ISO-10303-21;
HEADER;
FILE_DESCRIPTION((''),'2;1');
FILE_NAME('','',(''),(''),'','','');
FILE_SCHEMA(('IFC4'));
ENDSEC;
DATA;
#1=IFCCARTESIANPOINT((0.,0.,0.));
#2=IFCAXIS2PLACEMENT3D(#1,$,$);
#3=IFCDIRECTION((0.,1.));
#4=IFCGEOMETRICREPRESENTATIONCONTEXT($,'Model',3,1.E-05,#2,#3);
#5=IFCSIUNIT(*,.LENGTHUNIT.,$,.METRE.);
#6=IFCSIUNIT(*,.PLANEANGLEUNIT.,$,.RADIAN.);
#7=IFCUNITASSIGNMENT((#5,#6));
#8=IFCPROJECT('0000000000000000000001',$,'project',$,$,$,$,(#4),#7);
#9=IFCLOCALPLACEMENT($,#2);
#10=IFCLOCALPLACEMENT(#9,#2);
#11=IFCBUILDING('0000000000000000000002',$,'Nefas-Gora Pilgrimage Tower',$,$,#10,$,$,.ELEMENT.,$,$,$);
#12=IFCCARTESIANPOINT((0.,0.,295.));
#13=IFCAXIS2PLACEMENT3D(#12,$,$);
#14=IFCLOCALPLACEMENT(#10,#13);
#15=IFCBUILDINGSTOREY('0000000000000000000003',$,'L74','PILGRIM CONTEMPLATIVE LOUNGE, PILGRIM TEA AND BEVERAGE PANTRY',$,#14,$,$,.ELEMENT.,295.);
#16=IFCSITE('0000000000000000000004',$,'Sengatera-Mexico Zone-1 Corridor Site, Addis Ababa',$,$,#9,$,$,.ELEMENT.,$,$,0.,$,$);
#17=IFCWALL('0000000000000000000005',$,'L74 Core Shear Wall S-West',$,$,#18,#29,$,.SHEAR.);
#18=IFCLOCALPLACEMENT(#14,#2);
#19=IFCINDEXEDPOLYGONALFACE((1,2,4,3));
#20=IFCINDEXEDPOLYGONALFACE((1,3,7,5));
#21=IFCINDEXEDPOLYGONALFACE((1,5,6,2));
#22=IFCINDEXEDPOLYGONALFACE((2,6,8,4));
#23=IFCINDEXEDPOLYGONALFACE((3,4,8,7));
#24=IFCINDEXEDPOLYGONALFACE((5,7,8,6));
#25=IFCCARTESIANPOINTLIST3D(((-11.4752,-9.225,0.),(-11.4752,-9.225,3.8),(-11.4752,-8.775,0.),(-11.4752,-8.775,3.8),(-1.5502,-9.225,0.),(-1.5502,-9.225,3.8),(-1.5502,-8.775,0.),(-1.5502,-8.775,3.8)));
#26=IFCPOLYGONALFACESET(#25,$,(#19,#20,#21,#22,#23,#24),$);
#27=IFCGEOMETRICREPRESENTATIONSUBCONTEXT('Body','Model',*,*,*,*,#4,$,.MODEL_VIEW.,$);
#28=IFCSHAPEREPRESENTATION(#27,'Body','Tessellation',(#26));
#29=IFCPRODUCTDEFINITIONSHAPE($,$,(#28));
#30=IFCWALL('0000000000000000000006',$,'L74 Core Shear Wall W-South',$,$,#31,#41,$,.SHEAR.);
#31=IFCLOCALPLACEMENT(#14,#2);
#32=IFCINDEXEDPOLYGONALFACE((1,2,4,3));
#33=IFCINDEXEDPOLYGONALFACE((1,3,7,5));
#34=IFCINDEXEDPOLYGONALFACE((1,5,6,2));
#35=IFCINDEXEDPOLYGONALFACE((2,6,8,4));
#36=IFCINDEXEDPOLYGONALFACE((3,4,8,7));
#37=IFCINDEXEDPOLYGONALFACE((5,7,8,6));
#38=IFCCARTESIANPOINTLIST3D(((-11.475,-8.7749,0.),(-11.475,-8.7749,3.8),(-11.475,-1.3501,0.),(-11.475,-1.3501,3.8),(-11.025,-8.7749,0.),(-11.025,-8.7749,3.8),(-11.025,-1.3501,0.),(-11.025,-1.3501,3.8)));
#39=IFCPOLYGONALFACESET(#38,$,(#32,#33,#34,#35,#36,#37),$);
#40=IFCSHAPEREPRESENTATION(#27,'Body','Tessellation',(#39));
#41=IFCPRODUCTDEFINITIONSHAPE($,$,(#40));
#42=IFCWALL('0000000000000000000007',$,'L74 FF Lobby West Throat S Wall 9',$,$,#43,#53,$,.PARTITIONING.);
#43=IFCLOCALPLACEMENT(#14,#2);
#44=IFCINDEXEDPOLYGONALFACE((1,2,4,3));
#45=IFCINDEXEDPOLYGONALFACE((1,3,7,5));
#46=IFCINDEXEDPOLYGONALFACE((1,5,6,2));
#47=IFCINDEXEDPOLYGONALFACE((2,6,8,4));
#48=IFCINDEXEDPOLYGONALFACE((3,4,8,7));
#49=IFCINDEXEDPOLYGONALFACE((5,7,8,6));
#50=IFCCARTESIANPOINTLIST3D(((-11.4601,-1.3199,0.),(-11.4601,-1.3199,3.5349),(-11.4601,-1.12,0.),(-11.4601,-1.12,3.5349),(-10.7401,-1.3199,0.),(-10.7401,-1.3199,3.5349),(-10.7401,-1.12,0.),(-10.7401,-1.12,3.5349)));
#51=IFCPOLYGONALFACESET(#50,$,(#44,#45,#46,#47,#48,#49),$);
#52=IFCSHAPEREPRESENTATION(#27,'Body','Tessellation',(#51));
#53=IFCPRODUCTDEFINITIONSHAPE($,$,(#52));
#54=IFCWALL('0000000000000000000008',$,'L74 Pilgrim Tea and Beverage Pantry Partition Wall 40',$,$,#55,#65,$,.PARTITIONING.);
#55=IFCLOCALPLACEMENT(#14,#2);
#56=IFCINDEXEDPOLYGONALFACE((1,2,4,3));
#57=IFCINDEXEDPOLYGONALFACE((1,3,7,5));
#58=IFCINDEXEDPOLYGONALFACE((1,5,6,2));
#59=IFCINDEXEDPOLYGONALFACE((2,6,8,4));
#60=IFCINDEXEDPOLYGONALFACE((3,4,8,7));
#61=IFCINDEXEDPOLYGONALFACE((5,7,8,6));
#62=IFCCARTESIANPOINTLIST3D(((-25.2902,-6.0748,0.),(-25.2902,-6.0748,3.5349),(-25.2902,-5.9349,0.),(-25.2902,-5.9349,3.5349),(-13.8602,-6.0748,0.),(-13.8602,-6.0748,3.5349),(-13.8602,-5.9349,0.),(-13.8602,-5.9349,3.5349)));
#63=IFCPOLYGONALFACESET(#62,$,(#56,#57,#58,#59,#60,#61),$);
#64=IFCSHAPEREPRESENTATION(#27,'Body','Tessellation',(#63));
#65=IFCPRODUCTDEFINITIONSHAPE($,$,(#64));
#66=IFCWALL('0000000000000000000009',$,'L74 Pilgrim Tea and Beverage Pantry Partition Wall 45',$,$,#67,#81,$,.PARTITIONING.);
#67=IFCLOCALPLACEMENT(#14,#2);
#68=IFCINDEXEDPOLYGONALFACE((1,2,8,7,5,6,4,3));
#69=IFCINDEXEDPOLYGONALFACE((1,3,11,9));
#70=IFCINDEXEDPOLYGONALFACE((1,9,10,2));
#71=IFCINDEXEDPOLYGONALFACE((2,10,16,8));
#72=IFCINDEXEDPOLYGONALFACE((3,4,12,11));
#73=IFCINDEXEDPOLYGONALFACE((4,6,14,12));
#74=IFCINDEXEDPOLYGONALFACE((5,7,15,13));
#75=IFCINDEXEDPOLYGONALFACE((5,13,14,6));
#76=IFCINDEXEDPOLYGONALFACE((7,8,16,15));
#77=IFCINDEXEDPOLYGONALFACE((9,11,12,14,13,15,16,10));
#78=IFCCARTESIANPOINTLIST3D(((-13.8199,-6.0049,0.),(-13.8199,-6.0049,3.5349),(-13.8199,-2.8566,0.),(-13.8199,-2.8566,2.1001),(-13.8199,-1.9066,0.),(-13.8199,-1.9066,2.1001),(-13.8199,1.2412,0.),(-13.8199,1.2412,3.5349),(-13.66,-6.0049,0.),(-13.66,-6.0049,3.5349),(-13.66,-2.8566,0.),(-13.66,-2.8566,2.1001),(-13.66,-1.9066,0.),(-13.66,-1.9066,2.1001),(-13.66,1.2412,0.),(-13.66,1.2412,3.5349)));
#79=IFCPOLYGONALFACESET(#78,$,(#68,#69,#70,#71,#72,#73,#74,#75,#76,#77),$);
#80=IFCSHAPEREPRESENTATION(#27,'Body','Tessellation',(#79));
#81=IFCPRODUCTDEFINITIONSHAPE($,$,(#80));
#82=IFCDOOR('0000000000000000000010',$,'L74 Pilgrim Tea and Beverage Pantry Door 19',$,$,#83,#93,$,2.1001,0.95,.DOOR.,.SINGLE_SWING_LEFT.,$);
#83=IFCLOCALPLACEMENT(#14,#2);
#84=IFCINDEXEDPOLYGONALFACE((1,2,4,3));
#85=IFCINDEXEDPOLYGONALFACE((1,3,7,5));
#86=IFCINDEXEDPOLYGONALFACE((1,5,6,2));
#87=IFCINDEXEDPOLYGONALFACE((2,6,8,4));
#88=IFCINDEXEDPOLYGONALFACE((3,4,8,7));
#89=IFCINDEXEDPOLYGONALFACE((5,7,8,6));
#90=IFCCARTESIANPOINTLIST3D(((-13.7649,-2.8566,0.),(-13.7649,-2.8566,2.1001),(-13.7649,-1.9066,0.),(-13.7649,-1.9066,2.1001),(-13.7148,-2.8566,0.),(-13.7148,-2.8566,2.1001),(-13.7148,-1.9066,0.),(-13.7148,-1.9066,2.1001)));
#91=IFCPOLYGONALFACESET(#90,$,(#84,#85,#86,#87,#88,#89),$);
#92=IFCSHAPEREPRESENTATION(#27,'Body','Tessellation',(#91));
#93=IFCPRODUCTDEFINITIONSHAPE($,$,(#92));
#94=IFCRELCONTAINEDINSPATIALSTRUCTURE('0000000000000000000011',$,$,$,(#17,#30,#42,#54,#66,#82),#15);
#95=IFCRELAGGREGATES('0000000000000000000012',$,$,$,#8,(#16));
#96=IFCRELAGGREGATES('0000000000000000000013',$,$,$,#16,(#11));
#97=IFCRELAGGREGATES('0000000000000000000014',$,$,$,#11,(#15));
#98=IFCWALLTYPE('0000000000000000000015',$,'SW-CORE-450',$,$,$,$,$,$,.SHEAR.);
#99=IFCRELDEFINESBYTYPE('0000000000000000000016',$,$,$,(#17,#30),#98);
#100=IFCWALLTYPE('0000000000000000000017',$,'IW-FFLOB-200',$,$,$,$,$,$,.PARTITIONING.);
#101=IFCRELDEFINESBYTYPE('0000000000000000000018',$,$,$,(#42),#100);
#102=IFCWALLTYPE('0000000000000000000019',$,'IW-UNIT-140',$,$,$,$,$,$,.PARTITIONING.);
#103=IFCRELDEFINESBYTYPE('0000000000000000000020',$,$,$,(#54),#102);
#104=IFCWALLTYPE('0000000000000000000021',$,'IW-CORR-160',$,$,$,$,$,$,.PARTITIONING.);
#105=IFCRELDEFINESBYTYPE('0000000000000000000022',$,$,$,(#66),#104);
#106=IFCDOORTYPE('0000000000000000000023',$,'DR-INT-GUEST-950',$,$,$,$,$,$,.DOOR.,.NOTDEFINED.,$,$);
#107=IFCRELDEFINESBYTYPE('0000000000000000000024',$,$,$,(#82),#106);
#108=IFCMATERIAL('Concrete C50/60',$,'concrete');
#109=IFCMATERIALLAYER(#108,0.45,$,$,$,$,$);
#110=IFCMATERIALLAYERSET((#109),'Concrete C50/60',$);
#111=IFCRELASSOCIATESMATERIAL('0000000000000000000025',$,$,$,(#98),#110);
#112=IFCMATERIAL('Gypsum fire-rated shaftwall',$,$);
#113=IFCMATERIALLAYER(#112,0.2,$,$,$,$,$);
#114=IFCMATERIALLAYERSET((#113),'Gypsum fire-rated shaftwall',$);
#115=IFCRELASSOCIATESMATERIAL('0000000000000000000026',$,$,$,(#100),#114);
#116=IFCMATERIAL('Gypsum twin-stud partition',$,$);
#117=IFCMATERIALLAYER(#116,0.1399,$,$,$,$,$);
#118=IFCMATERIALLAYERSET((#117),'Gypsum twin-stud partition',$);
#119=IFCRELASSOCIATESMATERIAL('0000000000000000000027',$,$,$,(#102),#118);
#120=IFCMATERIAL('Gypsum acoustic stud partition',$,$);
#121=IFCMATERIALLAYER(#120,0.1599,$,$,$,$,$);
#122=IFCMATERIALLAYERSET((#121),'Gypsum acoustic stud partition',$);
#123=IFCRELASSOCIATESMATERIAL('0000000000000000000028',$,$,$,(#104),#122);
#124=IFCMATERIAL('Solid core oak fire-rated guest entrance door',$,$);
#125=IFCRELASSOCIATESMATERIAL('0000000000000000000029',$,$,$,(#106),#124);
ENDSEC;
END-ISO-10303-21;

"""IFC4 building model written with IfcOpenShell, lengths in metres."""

from ifc_helpers import new_model, si_unit, direction, frame, frame_2d, origin, place, context, subcontext, project, spatial, rectangle, extrude, source, transform, mapped, material, layer, layer_set, type_object, element, fill, save


model = new_model("IFC4")

# Units and contexts
model_context = context("Model", 3, precision=1e-05, world=origin(), true_north=direction((0.0, 1.0)))
body_context = subcontext(model_context, "Body", "Model", "MODEL_VIEW")
ifc_project = project(units=[si_unit("LENGTHUNIT", "METRE"), si_unit("PLANEANGLEUNIT", "RADIAN")], contexts=[model_context])

# Site, building, storey
site_placement = place(None, origin())
site = spatial("IfcSite", under=ifc_project, at=site_placement, Name="Sengatera-Mexico Zone-1 Corridor Site, Addis Ababa", CompositionType="ELEMENT", RefElevation=0.0)
building_placement = place(site_placement, origin())
building = spatial("IfcBuilding", under=site, at=building_placement, Name="Nefas-Gora Pilgrimage Tower", CompositionType="ELEMENT")
storey_placement = place(building_placement, frame((0.0, 0.0, 295.0)))
storey = spatial("IfcBuildingStorey", under=building, at=storey_placement, Name="L74", Description="PILGRIM CONTEMPLATIVE LOUNGE, PILGRIM TEA AND BEVERAGE PANTRY", CompositionType="ELEMENT", Elevation=295.0)

# Walls
ifc_material_1 = material(Name="Concrete C50/60", Category="concrete")
ifc_layer_1 = layer(ifc_material_1, 0.45)
ifc_layer_set_1 = layer_set([ifc_layer_1], Name="Concrete C50/60")
wall_type_1 = type_object("IfcWallType", Name="SW-CORE-450", PredefinedType="SHEAR", material=ifc_layer_set_1)
shared_shape_1 = source(origin(), body_context, "Body", "SweptSolid", [
    extrude(rectangle(XDim=9.925, YDim=0.45, at=frame_2d((4.9624, 0.0))), origin(), (0.0, 0.0, 1.0), 3.8),
])
wall_1_placement = place(storey_placement, frame((-11.4751, -9.0, 0.0), z_axis=(0.0, 0.0, 1.0), x_axis=(1.0, 0.0, 0.0)))
element("IfcWall", 1, at=wall_1_placement, inside=storey, type_object=wall_type_1, Name="L74 Core Shear Wall S-West", PredefinedType="SHEAR", context=body_context, shape_type="MappedRepresentation", body=[
    mapped(shared_shape_1, transform((0.0, 0.0, 0.0), x_axis=(1.0, 0.0, 0.0), y_axis=(0.0, 1.0, 0.0), z_axis=(0.0, 0.0, 1.0), scale=1.0)),
])
shared_shape_2 = source(origin(), body_context, "Body", "SweptSolid", [
    extrude(rectangle(XDim=7.4248, YDim=0.45, at=frame_2d((3.7124, 0.0))), origin(), (0.0, 0.0, 1.0), 3.8),
])
wall_2_placement = place(storey_placement, frame((-11.25, -8.7749, 0.0), z_axis=(0.0, 0.0, 1.0), x_axis=(0.0, 1.0, 0.0)))
element("IfcWall", 2, at=wall_2_placement, inside=storey, type_object=wall_type_1, Name="L74 Core Shear Wall W-South", PredefinedType="SHEAR", context=body_context, shape_type="MappedRepresentation", body=[
    mapped(shared_shape_2, transform((0.0, 0.0, 0.0), x_axis=(1.0, 0.0, 0.0), y_axis=(0.0, 1.0, 0.0), z_axis=(0.0, 0.0, 1.0), scale=1.0)),
])
ifc_material_2 = material(Name="Gypsum fire-rated shaftwall")
ifc_layer_2 = layer(ifc_material_2, 0.2)
ifc_layer_set_2 = layer_set([ifc_layer_2], Name="Gypsum fire-rated shaftwall")
wall_type_2 = type_object("IfcWallType", Name="IW-FFLOB-200", PredefinedType="PARTITIONING", material=ifc_layer_set_2)
shared_shape_3 = source(origin(), body_context, "Body", "SweptSolid", [
    extrude(rectangle(XDim=0.72, YDim=0.2, at=frame_2d((0.3599, 0.0))), origin(), (0.0, 0.0, 1.0), 3.5349),
])
wall_3_placement = place(storey_placement, frame((-11.46, -1.22, 0.0), z_axis=(0.0, 0.0, 1.0), x_axis=(1.0, 0.0, 0.0)))
element("IfcWall", 3, at=wall_3_placement, inside=storey, type_object=wall_type_2, Name="L74 FF Lobby West Throat S Wall 9", PredefinedType="PARTITIONING", context=body_context, shape_type="MappedRepresentation", body=[
    mapped(shared_shape_3, transform((0.0, 0.0, 0.0), x_axis=(1.0, 0.0, 0.0), y_axis=(0.0, 1.0, 0.0), z_axis=(0.0, 0.0, 1.0), scale=1.0)),
])
ifc_material_3 = material(Name="Gypsum twin-stud partition")
ifc_layer_3 = layer(ifc_material_3, 0.1399)
ifc_layer_set_3 = layer_set([ifc_layer_3], Name="Gypsum twin-stud partition")
wall_type_3 = type_object("IfcWallType", Name="IW-UNIT-140", PredefinedType="PARTITIONING", material=ifc_layer_set_3)
shared_shape_4 = source(origin(), body_context, "Body", "SweptSolid", [
    extrude(rectangle(XDim=11.4299, YDim=0.1399, at=frame_2d((5.7148, 0.0))), origin(), (0.0, 0.0, 1.0), 3.5349),
])
wall_4_placement = place(storey_placement, frame((-25.29, -6.0049, 0.0), z_axis=(0.0, 0.0, 1.0), x_axis=(1.0, 0.0, 0.0)))
element("IfcWall", 4, at=wall_4_placement, inside=storey, type_object=wall_type_3, Name="L74 Pilgrim Tea and Beverage Pantry Partition Wall 40", PredefinedType="PARTITIONING", context=body_context, shape_type="MappedRepresentation", body=[
    mapped(shared_shape_4, transform((0.0, 0.0, 0.0), x_axis=(1.0, 0.0, 0.0), y_axis=(0.0, 1.0, 0.0), z_axis=(0.0, 0.0, 1.0), scale=1.0)),
])

# Wall, opening, door
ifc_material_4 = material(Name="Gypsum acoustic stud partition")
ifc_layer_4 = layer(ifc_material_4, 0.1599)
ifc_layer_set_4 = layer_set([ifc_layer_4], Name="Gypsum acoustic stud partition")
wall_type_4 = type_object("IfcWallType", Name="IW-CORR-160", PredefinedType="PARTITIONING", material=ifc_layer_set_4)
shared_shape_5 = source(origin(), body_context, "Body", "SweptSolid", [
    extrude(rectangle(XDim=7.2461, YDim=0.1599, at=frame_2d((3.623, 0.0))), origin(), (0.0, 0.0, 1.0), 3.5349),
])
wall_5_placement = place(storey_placement, frame((-13.74, -6.0049, 0.0), z_axis=(0.0, 0.0, 1.0), x_axis=(0.0, 1.0, 0.0)))
wall_5 = element("IfcWall", 5, at=wall_5_placement, inside=storey, type_object=wall_type_4, Name="L74 Pilgrim Tea and Beverage Pantry Partition Wall 45", PredefinedType="PARTITIONING", context=body_context, shape_type="MappedRepresentation", body=[
    mapped(shared_shape_5, transform((0.0, 0.0, 0.0), x_axis=(1.0, 0.0, 0.0), y_axis=(0.0, 1.0, 0.0), z_axis=(0.0, 0.0, 1.0), scale=1.0)),
])
opening_1_placement = place(wall_5_placement, frame((3.1482, 0.0, 0.0)))
opening_1 = element("IfcOpeningElement", 6, at=opening_1_placement, cuts=wall_5, PredefinedType="OPENING", context=body_context, shape_type="SweptSolid", body=[
    extrude(rectangle(XDim=0.95, YDim=2.1001, at=frame_2d((0.4751, 1.05))), frame((0.0, 0.0898, 0.0), z_axis=(0.0, -1.0, 0.0), x_axis=(1.0, 0.0, 0.0)), (0.0, 0.0, 1.0), 0.1799),
])
ifc_material_5 = material(Name="Solid core oak fire-rated guest entrance door")
door_type_1 = type_object("IfcDoorType", Name="DR-INT-GUEST-950", OperationType="NOTDEFINED", PredefinedType="DOOR", material=ifc_material_5)
shared_shape_6 = source(origin(), body_context, "Body", "SweptSolid", [
    extrude(rectangle(XDim=0.95, YDim=2.1001, at=frame_2d((0.4751, 1.05))), frame((0.0, 0.0249, 0.0), z_axis=(0.0, -1.0, 0.0), x_axis=(1.0, 0.0, 0.0)), (0.0, 0.0, 1.0), 0.05),
])
door_1_placement = place(opening_1_placement, origin())
door_1 = element("IfcDoor", 7, at=door_1_placement, inside=storey, type_object=door_type_1, Name="L74 Pilgrim Tea and Beverage Pantry Door 19", OperationType="SINGLE_SWING_LEFT", OverallHeight=2.1001, OverallWidth=0.95, PredefinedType="DOOR", context=body_context, shape_type="MappedRepresentation", body=[
    mapped(shared_shape_6, transform((0.0, 0.0, 0.0), x_axis=(1.0, 0.0, 0.0), y_axis=(0.0, 1.0, 0.0), z_axis=(0.0, 0.0, 1.0), scale=1.0)),
])
fill(opening_1, door_1)

save(model, "model.ifc")
